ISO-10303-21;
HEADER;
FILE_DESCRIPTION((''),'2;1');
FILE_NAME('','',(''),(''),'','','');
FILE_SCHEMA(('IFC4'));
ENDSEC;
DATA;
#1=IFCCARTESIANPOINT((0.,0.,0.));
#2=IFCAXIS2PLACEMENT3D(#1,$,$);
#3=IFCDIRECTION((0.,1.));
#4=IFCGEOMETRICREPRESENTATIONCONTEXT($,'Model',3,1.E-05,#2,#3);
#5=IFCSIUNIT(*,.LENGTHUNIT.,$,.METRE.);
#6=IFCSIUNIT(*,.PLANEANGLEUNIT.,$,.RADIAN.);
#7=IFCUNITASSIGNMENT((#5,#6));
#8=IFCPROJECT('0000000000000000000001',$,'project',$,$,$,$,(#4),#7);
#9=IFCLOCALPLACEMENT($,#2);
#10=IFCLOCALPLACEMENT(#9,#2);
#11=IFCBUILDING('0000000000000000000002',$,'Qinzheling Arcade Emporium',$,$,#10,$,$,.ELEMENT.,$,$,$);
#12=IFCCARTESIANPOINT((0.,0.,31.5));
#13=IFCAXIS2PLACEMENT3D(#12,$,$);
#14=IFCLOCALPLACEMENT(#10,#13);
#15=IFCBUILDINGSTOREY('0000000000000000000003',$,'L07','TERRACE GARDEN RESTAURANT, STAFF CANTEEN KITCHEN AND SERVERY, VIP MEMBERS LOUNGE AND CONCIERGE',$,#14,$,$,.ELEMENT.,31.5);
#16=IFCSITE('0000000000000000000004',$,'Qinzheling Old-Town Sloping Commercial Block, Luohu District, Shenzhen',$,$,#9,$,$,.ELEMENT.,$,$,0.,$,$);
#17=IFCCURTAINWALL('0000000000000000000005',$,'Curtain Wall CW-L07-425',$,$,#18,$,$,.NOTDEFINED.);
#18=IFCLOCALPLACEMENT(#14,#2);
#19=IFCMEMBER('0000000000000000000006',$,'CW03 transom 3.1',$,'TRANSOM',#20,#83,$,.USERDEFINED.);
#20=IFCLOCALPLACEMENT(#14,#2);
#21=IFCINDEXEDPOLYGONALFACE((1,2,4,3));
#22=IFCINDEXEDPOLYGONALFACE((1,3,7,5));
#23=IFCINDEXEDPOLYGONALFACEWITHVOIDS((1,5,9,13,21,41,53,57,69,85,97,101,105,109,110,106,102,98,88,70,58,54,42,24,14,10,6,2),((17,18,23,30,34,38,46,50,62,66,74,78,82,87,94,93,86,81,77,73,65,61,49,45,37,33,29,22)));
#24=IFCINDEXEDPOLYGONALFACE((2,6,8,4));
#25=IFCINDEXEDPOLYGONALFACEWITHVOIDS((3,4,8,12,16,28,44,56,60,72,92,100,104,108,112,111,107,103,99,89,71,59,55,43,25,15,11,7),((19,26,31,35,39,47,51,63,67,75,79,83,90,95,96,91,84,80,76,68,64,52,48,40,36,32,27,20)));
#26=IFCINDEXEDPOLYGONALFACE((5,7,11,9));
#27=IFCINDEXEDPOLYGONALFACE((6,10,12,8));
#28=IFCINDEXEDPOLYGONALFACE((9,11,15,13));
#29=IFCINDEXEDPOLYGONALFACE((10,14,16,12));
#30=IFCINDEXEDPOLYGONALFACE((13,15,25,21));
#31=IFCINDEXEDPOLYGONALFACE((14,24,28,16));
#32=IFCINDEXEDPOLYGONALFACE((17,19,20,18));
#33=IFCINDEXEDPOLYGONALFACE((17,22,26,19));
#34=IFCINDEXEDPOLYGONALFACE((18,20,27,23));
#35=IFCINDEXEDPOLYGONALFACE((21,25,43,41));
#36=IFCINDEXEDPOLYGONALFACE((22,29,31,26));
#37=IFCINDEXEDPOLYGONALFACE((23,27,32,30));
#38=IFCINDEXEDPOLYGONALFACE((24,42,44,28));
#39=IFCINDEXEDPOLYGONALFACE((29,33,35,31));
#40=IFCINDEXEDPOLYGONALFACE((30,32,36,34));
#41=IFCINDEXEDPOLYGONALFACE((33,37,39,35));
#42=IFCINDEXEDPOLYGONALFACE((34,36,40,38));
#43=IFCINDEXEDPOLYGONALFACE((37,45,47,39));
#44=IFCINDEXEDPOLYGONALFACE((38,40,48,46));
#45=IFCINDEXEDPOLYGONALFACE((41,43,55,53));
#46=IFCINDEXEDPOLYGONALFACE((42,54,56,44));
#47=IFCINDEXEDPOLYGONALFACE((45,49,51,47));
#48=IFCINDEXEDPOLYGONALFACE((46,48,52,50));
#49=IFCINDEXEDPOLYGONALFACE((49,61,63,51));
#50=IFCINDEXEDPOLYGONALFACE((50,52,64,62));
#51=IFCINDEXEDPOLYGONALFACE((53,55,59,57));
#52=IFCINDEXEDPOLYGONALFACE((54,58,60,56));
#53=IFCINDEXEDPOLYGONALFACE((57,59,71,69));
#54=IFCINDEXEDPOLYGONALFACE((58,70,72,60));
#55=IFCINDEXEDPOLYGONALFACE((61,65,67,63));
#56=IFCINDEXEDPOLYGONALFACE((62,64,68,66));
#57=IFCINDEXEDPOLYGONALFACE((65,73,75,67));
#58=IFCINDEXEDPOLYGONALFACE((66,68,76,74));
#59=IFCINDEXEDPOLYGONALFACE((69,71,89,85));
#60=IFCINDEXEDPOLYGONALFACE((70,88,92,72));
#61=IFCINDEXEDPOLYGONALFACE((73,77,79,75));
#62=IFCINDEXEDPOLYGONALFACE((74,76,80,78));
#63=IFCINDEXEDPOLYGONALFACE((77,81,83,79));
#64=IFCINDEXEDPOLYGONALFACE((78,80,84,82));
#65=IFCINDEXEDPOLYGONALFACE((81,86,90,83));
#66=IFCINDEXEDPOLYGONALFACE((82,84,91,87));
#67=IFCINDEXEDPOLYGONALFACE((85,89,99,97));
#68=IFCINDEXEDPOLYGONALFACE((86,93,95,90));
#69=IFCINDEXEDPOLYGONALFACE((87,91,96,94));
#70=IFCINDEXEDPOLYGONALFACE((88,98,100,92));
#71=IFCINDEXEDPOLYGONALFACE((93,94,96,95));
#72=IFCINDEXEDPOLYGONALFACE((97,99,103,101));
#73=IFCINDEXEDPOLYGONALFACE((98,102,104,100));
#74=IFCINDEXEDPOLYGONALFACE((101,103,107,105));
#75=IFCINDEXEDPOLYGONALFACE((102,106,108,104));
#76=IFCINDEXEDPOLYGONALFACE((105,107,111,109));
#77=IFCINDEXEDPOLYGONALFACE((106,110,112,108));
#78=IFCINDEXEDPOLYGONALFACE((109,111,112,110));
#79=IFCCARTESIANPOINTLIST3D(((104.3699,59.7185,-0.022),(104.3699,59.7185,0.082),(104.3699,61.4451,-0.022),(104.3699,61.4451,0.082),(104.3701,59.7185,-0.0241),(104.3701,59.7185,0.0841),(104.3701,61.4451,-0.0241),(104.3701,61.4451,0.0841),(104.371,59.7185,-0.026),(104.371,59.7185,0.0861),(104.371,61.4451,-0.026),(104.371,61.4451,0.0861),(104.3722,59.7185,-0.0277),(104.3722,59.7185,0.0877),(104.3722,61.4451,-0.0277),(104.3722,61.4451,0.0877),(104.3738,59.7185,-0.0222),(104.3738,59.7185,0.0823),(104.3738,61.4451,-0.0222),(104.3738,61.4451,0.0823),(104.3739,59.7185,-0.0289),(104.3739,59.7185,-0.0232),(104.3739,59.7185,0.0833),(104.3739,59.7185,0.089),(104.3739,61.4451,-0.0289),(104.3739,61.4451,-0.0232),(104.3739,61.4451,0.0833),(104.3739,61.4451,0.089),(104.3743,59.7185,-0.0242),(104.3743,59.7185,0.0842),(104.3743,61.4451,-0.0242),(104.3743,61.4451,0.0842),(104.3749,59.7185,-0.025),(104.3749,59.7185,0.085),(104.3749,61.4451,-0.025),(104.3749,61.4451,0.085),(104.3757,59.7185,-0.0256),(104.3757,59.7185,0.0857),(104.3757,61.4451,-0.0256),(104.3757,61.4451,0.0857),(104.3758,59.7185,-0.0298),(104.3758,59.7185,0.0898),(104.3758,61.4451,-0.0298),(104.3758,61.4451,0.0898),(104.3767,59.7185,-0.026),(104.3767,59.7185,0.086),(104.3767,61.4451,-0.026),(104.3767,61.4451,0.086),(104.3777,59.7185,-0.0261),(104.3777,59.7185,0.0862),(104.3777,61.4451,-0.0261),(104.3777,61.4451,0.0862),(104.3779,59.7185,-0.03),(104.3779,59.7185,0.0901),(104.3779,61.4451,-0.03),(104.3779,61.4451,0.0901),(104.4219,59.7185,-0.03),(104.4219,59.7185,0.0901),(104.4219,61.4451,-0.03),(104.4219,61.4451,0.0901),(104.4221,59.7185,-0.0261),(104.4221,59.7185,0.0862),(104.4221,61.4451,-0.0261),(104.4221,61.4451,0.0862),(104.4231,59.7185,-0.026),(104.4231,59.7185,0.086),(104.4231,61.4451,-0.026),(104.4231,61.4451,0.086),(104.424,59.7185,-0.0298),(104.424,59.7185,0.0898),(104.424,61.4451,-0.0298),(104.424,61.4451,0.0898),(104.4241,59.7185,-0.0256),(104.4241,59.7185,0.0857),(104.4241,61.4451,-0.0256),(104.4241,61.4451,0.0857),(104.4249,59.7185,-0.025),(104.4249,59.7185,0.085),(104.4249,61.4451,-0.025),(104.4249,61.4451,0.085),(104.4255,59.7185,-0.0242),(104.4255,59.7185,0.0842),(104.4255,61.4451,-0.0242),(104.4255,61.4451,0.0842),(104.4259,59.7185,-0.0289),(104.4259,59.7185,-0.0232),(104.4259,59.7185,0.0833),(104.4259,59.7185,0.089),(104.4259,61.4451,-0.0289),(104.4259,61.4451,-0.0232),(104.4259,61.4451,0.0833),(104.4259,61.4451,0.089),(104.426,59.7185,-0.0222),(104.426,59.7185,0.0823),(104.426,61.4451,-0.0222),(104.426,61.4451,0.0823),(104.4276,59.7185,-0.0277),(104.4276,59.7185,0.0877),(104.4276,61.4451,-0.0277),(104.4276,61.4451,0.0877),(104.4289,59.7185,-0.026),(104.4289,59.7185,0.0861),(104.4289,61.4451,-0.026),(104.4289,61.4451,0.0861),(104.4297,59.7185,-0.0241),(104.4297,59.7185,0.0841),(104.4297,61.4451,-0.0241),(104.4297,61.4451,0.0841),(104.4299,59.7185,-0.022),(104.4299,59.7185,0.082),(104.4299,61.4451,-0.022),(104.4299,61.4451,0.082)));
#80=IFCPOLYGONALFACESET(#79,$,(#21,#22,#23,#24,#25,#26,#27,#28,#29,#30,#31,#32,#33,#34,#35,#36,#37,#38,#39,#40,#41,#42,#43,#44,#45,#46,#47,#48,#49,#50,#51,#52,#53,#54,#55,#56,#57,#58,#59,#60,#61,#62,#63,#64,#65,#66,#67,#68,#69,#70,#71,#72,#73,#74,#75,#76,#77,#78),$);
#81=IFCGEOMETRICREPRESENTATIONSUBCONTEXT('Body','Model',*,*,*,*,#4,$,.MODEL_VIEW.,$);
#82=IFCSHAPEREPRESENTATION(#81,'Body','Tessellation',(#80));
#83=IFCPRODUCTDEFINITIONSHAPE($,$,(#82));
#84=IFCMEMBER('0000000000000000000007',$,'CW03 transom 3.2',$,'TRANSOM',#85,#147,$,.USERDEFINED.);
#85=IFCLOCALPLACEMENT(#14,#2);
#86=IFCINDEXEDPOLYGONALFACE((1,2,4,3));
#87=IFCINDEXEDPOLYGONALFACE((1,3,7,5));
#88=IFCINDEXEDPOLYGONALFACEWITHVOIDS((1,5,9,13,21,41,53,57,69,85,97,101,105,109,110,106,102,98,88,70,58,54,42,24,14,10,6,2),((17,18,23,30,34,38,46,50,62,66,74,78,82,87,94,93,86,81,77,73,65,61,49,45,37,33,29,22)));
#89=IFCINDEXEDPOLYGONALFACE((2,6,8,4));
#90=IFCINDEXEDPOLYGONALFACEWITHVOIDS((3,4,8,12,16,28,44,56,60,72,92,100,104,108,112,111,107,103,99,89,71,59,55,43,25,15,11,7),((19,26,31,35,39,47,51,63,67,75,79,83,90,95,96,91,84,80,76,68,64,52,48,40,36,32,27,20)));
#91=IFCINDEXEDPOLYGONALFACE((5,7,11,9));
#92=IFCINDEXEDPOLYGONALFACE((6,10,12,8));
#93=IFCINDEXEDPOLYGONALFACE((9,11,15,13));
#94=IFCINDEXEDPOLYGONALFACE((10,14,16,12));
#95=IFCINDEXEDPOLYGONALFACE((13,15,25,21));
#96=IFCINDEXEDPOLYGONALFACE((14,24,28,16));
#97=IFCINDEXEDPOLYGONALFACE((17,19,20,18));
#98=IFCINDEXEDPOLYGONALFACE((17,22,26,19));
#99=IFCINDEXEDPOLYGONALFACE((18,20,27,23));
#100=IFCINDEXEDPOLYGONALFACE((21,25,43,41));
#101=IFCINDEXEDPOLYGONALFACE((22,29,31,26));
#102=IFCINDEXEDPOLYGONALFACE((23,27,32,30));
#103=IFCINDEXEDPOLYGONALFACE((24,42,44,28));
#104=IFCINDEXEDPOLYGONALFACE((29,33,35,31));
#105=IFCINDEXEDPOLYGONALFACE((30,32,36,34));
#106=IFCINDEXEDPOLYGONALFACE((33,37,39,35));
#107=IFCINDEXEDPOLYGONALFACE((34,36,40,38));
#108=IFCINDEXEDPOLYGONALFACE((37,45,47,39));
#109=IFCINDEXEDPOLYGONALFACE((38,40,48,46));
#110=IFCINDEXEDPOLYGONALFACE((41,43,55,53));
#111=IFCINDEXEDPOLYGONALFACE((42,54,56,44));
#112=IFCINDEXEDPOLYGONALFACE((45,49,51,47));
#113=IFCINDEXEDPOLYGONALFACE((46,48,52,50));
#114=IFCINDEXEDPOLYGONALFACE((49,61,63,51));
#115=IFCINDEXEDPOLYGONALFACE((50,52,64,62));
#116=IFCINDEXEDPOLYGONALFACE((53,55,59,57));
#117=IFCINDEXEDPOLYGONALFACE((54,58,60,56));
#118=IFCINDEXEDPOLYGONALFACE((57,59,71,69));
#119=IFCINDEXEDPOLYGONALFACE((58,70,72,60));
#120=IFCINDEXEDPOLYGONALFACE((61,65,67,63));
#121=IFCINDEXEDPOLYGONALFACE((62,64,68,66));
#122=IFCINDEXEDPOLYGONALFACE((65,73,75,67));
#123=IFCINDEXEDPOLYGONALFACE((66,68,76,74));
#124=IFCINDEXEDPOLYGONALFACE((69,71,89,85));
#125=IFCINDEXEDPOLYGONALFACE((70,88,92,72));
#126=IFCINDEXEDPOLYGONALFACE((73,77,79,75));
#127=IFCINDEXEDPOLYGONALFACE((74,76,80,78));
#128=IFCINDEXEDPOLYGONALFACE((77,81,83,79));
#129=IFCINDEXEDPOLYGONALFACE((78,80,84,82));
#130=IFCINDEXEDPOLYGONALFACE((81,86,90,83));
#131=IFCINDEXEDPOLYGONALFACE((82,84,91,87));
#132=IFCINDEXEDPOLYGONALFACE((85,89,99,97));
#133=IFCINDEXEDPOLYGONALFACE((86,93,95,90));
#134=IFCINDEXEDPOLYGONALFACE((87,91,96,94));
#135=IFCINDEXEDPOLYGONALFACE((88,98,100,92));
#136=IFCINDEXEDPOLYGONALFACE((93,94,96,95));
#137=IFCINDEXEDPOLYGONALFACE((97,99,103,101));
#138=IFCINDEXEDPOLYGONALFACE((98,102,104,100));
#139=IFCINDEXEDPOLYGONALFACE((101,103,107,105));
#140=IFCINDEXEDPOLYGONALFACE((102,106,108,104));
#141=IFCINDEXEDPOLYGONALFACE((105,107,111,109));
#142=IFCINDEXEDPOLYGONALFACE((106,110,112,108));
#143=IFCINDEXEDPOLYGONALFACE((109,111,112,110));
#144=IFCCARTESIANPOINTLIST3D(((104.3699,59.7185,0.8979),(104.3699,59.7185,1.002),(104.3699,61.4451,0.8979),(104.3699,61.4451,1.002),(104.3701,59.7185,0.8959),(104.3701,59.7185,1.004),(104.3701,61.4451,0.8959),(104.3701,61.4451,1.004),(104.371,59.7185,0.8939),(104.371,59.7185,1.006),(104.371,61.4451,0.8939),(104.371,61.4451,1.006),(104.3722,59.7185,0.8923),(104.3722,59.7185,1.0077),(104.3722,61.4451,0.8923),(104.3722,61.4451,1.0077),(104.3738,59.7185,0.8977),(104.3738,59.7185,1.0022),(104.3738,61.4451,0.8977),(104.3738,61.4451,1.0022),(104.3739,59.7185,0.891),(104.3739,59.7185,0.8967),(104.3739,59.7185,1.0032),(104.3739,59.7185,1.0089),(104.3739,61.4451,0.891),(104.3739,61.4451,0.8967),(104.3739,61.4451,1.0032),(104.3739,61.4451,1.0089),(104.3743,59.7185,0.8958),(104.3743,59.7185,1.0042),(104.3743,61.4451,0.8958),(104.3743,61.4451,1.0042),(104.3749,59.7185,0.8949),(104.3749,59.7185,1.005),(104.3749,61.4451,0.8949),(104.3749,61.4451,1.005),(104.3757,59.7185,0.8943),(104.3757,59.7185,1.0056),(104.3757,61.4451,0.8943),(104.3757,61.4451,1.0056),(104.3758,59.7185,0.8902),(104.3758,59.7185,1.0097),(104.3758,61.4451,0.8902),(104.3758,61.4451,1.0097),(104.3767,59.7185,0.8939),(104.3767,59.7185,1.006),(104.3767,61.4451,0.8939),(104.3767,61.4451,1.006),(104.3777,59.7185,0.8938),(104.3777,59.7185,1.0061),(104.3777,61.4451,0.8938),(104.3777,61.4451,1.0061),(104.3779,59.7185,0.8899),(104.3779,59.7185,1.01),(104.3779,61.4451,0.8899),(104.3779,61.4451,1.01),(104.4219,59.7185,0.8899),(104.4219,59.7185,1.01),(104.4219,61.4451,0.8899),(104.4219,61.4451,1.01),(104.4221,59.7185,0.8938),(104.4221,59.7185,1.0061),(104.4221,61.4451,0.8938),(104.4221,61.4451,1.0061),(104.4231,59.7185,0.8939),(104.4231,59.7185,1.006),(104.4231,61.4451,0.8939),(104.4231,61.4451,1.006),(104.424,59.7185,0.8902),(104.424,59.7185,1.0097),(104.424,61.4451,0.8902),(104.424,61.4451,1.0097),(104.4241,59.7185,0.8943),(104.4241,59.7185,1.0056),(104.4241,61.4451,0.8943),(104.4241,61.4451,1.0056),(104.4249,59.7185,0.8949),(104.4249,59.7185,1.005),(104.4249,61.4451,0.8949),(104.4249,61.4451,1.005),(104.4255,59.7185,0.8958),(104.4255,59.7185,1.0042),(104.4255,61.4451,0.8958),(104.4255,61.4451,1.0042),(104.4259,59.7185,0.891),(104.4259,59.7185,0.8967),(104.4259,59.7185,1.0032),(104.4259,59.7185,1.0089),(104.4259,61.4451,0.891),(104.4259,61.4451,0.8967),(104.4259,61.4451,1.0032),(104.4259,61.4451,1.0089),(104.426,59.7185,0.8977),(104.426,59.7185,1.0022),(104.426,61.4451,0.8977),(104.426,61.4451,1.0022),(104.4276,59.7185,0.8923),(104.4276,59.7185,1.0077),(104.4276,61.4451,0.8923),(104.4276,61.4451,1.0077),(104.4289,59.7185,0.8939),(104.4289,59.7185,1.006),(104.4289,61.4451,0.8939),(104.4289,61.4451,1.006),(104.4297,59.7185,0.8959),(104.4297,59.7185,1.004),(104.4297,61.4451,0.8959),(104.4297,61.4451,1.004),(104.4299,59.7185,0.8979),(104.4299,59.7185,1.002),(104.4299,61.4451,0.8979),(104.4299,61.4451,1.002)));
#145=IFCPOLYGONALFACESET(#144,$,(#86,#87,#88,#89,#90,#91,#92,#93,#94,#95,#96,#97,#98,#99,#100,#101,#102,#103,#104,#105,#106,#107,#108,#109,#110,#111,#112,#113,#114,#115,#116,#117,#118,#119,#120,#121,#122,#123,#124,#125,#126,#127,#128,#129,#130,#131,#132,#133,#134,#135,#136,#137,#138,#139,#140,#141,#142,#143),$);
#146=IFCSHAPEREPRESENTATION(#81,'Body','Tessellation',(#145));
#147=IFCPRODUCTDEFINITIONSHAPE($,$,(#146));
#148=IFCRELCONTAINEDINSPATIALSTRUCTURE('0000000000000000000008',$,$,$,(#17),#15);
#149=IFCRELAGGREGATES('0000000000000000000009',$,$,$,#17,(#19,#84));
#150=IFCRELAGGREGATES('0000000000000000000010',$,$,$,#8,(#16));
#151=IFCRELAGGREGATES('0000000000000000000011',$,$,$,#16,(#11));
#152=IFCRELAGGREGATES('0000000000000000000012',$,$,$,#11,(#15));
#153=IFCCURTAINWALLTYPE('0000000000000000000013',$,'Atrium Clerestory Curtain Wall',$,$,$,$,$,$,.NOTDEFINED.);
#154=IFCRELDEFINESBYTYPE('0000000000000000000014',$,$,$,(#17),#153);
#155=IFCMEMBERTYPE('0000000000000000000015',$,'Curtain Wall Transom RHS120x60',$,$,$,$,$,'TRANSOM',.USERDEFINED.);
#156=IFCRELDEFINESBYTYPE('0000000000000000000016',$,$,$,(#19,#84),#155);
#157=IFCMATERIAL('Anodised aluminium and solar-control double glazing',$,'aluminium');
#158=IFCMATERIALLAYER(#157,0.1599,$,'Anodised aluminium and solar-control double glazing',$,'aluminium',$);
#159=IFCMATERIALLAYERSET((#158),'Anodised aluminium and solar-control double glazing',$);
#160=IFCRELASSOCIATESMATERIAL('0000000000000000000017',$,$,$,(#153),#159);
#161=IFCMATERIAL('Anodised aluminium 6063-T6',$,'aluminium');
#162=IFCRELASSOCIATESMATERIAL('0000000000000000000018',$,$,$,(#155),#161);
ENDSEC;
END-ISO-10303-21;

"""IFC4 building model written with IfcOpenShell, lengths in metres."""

from ifc_helpers import new_model, si_unit, direction, frame, origin, origin_2d, place, context, subcontext, project, spatial, hollow_rectangle, extrude, material, layer, layer_set, material_profile, profile_set, type_object, element, aggregate, save


model = new_model("IFC4")

# Units and contexts
model_context = context("Model", 3, precision=1e-05, world=origin(), true_north=direction((0.0, 1.0)))
body_context = subcontext(model_context, "Body", "Model", "MODEL_VIEW")
ifc_project = project(units=[si_unit("LENGTHUNIT", "METRE"), si_unit("PLANEANGLEUNIT", "RADIAN")], contexts=[model_context])

# Site, building, storey
site_placement = place(None, origin())
site = spatial("IfcSite", under=ifc_project, at=site_placement, Name="Qinzheling Old-Town Sloping Commercial Block, Luohu District, Shenzhen", CompositionType="ELEMENT", RefElevation=0.0)
building_placement = place(site_placement, origin())
building = spatial("IfcBuilding", under=site, at=building_placement, Name="Qinzheling Arcade Emporium", CompositionType="ELEMENT")
storey_placement = place(building_placement, frame((0.0, 0.0, 31.5)))
storey = spatial("IfcBuildingStorey", under=building, at=storey_placement, Name="L07", Description="TERRACE GARDEN RESTAURANT, STAFF CANTEEN KITCHEN AND SERVERY, VIP MEMBERS LOUNGE AND CONCIERGE", CompositionType="ELEMENT", Elevation=31.5)

# Curtain wall
ifc_material_1 = material(Name="Anodised aluminium and solar-control double glazing", Category="aluminium")
ifc_layer_1 = layer(ifc_material_1, 0.1599, Name="Anodised aluminium and solar-control double glazing", Category="aluminium")
ifc_layer_set_1 = layer_set([ifc_layer_1], Name="Anodised aluminium and solar-control double glazing")
curtain_wall_type = type_object("IfcCurtainWallType", Name="Atrium Clerestory Curtain Wall", PredefinedType="NOTDEFINED", material=ifc_layer_set_1)
curtain_wall_1_placement = place(storey_placement, origin())
curtain_wall_1 = element("IfcCurtainWall", 1, at=curtain_wall_1_placement, inside=storey, type_object=curtain_wall_type, Name="Curtain Wall CW-L07-425", PredefinedType="NOTDEFINED")
ifc_material_2 = material(Name="Anodised aluminium 6063-T6", Category="aluminium")

# Members
ifc_material_profile_1 = material_profile(ifc_material_2, hollow_rectangle(XDim=0.0601, YDim=0.1201, WallThickness=0.0039, InnerFilletRadius=0.0039, OuterFilletRadius=0.0081, at=origin_2d()), Name="RHS 120x60x4", Category="aluminium")
ifc_profile_set_1 = profile_set([ifc_material_profile_1], Name="Anodised aluminium 6063-T6")
member_type_1 = type_object("IfcMemberType", Name="Curtain Wall Transom RHS120x60", ElementType="TRANSOM", PredefinedType="USERDEFINED", material=ifc_profile_set_1)
member_1_placement = place(storey_placement, frame((104.3999, 61.4451, 0.03), z_axis=(0.0, -1.0, 0.0), x_axis=(1.0, 0.0, 0.0)))
member_1 = element("IfcMember", 2, at=member_1_placement, type_object=member_type_1, Name="CW03 transom 3.1", ObjectType="TRANSOM", PredefinedType="USERDEFINED", context=body_context, shape_type="SweptSolid", body=[
    extrude(hollow_rectangle(XDim=0.0601, YDim=0.1201, WallThickness=0.0039, InnerFilletRadius=0.0039, OuterFilletRadius=0.0081, at=origin_2d()), origin(), (0.0, 0.0, 1.0), 1.7266),
])
member_2_placement = place(storey_placement, frame((104.3999, 61.4451, 0.95), z_axis=(0.0, -1.0, 0.0), x_axis=(1.0, 0.0, 0.0)))
member_2 = element("IfcMember", 3, at=member_2_placement, type_object=member_type_1, Name="CW03 transom 3.2", ObjectType="TRANSOM", PredefinedType="USERDEFINED", context=body_context, shape_type="SweptSolid", body=[
    extrude(hollow_rectangle(XDim=0.0601, YDim=0.1201, WallThickness=0.0039, InnerFilletRadius=0.0039, OuterFilletRadius=0.0081, at=origin_2d()), origin(), (0.0, 0.0, 1.0), 1.7266),
])

aggregate(curtain_wall_1, [member_1, member_2])

save(model, "model.ifc")
